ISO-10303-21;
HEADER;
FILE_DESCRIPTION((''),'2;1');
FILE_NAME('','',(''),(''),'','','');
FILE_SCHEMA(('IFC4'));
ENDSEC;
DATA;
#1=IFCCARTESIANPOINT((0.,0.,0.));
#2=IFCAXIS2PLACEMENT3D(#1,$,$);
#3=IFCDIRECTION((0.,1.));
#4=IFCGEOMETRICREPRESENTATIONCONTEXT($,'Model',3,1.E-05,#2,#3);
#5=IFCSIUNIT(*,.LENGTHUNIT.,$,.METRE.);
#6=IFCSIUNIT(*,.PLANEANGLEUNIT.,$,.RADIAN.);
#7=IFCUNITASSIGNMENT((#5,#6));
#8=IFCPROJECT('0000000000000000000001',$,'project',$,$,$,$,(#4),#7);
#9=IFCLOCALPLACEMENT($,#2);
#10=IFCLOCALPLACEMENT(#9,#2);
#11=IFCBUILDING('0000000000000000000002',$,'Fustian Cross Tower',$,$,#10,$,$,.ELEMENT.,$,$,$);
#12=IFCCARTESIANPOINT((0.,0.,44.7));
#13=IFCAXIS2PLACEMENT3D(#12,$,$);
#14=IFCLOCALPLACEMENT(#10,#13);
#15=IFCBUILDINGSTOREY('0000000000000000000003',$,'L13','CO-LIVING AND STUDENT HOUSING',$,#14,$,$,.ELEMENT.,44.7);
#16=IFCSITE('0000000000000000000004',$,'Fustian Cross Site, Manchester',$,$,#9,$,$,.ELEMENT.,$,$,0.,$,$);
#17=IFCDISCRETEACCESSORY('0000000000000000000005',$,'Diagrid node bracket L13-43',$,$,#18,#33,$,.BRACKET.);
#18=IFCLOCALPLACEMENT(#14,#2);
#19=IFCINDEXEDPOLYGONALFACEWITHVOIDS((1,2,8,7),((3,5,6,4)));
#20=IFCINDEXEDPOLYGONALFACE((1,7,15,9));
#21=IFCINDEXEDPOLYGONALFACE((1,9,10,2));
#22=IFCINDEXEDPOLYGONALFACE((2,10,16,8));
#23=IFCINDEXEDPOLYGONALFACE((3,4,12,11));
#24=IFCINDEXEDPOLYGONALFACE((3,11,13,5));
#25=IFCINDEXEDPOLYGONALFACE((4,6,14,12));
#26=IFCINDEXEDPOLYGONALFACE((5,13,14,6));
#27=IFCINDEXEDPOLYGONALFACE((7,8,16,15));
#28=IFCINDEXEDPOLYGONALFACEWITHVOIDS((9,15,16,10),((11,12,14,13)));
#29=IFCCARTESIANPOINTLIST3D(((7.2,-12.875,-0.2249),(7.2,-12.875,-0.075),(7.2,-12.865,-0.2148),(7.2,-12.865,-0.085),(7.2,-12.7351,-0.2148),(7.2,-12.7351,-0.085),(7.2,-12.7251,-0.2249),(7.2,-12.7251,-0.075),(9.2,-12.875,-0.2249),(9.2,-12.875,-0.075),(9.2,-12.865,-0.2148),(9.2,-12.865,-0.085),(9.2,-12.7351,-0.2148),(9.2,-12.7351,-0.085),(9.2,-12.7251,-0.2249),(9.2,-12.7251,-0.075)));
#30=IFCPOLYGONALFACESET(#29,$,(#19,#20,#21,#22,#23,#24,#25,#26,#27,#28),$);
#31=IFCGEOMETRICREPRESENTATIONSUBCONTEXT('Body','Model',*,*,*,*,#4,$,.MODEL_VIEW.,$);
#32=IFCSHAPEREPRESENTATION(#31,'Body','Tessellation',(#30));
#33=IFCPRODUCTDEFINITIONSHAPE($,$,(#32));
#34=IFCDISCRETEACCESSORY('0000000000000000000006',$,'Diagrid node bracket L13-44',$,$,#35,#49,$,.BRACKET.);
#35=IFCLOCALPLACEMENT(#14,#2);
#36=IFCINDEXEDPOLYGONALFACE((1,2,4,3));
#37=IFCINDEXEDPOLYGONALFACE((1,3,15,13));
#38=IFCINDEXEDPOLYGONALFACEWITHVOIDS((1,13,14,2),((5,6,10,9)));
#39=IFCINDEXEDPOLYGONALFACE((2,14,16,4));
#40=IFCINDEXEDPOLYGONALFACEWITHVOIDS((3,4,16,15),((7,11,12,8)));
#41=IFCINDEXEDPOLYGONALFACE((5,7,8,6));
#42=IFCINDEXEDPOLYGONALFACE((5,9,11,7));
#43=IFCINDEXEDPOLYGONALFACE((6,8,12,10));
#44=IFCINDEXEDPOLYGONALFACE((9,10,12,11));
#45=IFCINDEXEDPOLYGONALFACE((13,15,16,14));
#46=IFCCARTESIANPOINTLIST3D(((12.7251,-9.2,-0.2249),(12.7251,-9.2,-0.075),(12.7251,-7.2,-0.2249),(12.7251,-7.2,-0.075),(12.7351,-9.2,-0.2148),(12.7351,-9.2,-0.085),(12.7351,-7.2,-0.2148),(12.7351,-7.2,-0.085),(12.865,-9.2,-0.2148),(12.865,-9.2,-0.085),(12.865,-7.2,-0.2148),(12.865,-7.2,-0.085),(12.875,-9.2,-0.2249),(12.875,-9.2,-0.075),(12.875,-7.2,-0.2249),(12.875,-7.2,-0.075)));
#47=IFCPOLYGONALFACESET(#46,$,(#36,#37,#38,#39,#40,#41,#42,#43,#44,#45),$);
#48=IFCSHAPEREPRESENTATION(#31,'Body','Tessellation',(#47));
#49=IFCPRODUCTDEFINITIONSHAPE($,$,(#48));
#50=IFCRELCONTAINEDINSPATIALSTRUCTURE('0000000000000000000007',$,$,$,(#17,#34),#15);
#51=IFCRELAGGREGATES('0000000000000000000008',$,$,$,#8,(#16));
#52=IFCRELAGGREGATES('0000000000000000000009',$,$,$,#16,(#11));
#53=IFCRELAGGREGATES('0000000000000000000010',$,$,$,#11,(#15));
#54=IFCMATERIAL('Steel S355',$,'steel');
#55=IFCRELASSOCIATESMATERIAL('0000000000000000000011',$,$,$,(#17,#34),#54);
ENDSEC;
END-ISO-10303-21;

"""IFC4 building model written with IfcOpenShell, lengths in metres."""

from ifc_helpers import new_model, si_unit, direction, frame, origin, origin_2d, place, context, subcontext, project, spatial, hollow_rectangle, extrude, material, element, save


model = new_model("IFC4")

# Units and contexts
model_context = context("Model", 3, precision=1e-05, world=origin(), true_north=direction((0.0, 1.0)))
body_context = subcontext(model_context, "Body", "Model", "MODEL_VIEW")
ifc_project = project(units=[si_unit("LENGTHUNIT", "METRE"), si_unit("PLANEANGLEUNIT", "RADIAN")], contexts=[model_context])

# Site, building, storey
site_placement = place(None, origin())
site = spatial("IfcSite", under=ifc_project, at=site_placement, Name="Fustian Cross Site, Manchester", CompositionType="ELEMENT", RefElevation=0.0)
building_placement = place(site_placement, origin())
building = spatial("IfcBuilding", under=site, at=building_placement, Name="Fustian Cross Tower", CompositionType="ELEMENT")
storey_placement = place(building_placement, frame((0.0, 0.0, 44.7)))
storey = spatial("IfcBuildingStorey", under=building, at=storey_placement, Name="L13", Description="CO-LIVING AND STUDENT HOUSING", CompositionType="ELEMENT", Elevation=44.7)

# Discrete accessories
ifc_material_1 = material(Name="Steel S355", Category="steel")
for number, where, z_axis, x_axis, name in (
    (1, (9.2, -12.8, -0.1499), (-1.0, 0.0, 0.0), (0.0, -1.0, 0.0), "Diagrid node bracket L13-43"),
    (2, (12.8, -9.2, -0.1499), (0.0, 1.0, 0.0), (-1.0, 0.0, 0.0), "Diagrid node bracket L13-44"),
):
    element("IfcDiscreteAccessory", number, at=place(storey_placement, frame(where, z_axis=z_axis, x_axis=x_axis)), inside=storey, material=ifc_material_1, Name=name, PredefinedType="BRACKET", context=body_context, shape_type="SweptSolid", body=[
        extrude(hollow_rectangle(XDim=0.1499, YDim=0.1499, WallThickness=0.01, at=origin_2d()), origin(), (0.0, 0.0, 1.0), 2.0),
    ])

save(model, "model.ifc")
